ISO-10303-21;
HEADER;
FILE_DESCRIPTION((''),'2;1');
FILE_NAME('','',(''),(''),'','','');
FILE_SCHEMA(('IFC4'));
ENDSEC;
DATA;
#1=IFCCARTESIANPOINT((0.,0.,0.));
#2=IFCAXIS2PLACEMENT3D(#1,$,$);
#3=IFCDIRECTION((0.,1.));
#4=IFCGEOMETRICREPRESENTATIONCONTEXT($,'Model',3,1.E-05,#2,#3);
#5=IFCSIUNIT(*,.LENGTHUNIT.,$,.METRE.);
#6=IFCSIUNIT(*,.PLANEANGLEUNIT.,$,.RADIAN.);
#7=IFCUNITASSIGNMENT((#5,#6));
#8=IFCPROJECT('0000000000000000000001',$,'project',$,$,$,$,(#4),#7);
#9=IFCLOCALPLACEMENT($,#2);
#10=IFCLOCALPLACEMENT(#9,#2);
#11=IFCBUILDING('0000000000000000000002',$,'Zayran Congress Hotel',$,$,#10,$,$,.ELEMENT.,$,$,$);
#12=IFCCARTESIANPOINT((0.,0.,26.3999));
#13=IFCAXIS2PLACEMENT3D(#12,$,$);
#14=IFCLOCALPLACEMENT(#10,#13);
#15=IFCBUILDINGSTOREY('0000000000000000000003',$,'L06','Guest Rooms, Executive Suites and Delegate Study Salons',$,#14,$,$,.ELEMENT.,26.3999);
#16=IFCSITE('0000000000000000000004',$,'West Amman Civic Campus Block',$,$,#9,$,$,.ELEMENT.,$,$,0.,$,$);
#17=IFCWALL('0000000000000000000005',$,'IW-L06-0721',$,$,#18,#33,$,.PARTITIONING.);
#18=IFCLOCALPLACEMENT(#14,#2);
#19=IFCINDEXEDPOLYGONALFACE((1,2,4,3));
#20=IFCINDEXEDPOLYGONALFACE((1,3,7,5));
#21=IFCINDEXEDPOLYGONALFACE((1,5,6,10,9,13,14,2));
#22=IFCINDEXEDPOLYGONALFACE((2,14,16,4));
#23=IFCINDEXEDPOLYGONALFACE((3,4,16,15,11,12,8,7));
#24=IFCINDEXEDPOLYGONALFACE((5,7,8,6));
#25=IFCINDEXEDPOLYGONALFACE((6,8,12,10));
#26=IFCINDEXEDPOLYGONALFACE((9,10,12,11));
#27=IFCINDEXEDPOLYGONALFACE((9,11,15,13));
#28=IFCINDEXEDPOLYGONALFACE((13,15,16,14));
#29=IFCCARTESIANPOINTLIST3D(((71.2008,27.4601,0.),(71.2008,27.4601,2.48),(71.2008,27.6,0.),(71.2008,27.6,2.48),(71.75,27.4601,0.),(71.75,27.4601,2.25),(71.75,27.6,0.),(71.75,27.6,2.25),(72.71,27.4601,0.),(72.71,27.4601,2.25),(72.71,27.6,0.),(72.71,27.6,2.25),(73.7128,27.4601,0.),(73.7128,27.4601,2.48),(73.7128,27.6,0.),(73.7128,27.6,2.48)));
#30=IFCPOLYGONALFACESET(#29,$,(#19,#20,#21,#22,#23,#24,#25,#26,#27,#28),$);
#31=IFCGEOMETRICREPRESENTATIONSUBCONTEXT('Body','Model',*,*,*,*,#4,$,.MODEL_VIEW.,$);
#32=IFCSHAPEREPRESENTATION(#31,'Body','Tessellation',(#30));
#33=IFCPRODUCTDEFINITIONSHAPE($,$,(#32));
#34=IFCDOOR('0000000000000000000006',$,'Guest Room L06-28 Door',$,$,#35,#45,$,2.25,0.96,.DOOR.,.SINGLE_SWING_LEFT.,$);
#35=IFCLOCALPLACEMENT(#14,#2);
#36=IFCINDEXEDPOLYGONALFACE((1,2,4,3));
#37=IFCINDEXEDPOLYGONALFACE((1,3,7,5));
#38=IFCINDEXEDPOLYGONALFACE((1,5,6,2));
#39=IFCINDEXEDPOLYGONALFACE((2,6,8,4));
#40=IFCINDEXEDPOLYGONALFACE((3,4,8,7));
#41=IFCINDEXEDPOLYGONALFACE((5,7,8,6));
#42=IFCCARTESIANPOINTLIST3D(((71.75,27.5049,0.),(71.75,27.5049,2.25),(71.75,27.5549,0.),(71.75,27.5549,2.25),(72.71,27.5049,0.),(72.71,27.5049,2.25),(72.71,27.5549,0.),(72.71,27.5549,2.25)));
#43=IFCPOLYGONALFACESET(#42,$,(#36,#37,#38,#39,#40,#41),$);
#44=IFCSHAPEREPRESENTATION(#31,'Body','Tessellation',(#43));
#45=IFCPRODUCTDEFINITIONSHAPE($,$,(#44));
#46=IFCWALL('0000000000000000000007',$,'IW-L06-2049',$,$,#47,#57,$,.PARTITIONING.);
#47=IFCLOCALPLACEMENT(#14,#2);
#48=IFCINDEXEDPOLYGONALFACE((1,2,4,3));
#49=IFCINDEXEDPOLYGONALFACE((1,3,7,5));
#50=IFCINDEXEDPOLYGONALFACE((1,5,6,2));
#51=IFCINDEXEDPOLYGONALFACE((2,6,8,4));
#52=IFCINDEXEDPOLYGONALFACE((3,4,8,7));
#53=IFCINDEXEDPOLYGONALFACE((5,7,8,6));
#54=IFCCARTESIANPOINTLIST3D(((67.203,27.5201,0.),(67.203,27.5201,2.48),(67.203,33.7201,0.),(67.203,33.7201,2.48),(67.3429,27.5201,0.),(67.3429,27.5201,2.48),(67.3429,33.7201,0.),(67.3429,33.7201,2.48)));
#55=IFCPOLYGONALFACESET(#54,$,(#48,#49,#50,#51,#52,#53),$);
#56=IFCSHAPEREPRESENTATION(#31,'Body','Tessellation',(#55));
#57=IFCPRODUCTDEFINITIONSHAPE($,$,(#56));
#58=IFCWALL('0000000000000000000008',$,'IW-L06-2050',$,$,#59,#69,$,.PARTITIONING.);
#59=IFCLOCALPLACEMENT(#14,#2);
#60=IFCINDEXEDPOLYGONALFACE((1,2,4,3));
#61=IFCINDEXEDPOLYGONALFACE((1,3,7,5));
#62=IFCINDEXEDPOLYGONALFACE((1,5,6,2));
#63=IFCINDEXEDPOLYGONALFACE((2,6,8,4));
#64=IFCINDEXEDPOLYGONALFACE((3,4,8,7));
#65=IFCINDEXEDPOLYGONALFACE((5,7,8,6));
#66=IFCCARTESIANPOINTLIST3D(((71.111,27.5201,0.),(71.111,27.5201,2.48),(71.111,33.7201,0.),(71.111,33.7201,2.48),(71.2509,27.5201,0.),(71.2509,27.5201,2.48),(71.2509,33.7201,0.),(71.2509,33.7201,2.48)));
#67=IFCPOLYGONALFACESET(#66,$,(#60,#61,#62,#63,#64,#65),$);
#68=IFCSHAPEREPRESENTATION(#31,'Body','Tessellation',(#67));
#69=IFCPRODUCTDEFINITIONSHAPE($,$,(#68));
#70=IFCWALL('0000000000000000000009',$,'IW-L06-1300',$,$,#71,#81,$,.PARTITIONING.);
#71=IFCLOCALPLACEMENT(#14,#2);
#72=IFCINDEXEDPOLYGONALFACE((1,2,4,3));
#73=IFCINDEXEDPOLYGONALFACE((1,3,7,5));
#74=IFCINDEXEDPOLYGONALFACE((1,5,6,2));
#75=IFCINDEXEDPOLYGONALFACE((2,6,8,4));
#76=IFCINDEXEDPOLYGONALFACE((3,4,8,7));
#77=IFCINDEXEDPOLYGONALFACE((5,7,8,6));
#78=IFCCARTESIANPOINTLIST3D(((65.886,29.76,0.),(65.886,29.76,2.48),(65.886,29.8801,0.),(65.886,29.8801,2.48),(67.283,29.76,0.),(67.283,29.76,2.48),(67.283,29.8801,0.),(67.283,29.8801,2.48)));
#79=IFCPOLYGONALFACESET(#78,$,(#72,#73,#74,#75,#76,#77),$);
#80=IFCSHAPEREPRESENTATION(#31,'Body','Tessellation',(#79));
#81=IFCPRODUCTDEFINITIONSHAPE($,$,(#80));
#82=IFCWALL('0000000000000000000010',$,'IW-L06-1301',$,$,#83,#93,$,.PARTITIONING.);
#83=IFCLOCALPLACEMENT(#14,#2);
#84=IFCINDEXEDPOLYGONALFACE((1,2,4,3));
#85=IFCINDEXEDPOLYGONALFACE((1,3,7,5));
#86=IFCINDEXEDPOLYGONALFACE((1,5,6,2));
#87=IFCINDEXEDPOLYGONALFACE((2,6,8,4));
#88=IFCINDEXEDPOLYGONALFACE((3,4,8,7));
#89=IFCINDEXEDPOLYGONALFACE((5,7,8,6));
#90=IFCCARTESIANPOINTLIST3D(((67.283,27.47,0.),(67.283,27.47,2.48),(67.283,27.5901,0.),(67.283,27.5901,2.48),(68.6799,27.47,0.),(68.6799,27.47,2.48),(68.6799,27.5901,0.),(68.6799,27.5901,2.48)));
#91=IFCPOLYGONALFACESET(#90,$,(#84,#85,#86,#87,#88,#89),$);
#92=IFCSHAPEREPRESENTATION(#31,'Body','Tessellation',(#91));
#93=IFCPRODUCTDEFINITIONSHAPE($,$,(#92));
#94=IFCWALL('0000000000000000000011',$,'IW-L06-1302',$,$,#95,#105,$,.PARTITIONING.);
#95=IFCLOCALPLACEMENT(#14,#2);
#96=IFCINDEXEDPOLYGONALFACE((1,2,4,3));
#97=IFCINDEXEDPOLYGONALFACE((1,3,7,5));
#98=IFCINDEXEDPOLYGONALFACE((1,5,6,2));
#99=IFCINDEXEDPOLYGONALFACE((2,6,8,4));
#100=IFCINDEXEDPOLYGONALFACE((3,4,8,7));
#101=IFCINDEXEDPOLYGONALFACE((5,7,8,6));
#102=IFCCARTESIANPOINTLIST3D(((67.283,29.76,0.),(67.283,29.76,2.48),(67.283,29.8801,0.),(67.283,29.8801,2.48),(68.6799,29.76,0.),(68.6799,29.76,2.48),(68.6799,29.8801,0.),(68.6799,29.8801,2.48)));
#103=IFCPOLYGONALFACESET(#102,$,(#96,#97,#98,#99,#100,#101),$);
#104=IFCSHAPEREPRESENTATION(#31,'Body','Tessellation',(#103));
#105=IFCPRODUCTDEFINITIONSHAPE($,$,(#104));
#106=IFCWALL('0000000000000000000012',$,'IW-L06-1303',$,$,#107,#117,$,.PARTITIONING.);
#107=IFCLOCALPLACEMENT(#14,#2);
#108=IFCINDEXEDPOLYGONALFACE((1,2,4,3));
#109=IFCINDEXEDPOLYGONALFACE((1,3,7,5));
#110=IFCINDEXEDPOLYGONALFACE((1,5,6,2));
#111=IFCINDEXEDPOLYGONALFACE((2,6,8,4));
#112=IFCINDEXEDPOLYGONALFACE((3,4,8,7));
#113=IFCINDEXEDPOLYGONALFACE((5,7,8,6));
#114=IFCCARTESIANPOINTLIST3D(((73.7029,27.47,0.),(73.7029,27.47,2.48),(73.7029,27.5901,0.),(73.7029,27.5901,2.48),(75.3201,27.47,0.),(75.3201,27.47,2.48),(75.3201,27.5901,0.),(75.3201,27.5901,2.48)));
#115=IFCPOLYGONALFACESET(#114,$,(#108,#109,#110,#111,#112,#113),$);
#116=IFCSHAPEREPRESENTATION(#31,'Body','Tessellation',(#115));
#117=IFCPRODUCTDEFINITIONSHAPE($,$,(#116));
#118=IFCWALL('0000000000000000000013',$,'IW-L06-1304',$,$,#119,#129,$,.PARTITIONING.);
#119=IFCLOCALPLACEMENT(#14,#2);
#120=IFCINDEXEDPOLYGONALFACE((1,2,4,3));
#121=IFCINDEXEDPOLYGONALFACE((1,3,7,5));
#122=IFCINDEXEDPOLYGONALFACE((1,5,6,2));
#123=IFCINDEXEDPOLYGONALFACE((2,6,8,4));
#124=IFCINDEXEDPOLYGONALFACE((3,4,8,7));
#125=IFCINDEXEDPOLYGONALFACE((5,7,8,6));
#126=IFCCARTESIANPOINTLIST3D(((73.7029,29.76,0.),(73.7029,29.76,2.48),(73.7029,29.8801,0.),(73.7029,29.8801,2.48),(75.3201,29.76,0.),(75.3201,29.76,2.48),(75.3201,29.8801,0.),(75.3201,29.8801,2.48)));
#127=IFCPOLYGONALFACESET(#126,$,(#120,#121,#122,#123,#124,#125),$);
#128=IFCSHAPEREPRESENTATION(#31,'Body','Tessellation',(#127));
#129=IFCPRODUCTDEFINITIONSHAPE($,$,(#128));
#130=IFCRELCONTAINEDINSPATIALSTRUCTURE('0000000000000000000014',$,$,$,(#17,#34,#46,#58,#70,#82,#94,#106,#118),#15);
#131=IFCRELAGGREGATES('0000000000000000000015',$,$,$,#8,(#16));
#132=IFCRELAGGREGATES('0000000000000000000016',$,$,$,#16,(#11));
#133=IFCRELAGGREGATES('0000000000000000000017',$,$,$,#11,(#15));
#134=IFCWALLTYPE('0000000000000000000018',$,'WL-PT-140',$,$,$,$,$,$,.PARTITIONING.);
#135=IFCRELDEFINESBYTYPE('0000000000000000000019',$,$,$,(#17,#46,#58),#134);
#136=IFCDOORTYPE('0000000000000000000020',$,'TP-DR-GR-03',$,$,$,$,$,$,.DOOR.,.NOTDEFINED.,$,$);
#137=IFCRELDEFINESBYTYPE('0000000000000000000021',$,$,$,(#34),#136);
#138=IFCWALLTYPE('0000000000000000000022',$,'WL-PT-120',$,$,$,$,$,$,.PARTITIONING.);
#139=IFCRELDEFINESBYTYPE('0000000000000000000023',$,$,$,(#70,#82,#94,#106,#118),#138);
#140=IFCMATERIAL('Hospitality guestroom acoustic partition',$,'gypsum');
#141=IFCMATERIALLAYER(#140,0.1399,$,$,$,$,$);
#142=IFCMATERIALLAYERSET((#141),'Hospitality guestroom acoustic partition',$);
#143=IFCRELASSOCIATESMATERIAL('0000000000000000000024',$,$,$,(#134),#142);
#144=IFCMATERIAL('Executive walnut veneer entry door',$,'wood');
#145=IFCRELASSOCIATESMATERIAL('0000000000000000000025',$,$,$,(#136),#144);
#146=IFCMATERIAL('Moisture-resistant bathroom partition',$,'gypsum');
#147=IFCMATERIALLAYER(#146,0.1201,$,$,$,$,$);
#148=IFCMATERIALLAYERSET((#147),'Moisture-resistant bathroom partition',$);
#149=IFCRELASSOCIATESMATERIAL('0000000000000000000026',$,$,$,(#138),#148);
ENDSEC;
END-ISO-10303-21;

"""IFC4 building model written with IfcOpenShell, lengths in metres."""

from ifc_helpers import new_model, si_unit, direction, frame, frame_2d, origin, place, context, subcontext, project, spatial, rectangle, extrude, material, layer, layer_set, type_object, element, fill, save


model = new_model("IFC4")

# Units and contexts
model_context = context("Model", 3, precision=1e-05, world=origin(), true_north=direction((0.0, 1.0)))
body_context = subcontext(model_context, "Body", "Model", "MODEL_VIEW")
ifc_project = project(units=[si_unit("LENGTHUNIT", "METRE"), si_unit("PLANEANGLEUNIT", "RADIAN")], contexts=[model_context])

# Site, building, storey
site_placement = place(None, origin())
site = spatial("IfcSite", under=ifc_project, at=site_placement, Name="West Amman Civic Campus Block", CompositionType="ELEMENT", RefElevation=0.0)
building_placement = place(site_placement, origin())
building = spatial("IfcBuilding", under=site, at=building_placement, Name="Zayran Congress Hotel", CompositionType="ELEMENT")
storey_placement = place(building_placement, frame((0.0, 0.0, 26.3999)))
storey = spatial("IfcBuildingStorey", under=building, at=storey_placement, Name="L06", Description="Guest Rooms, Executive Suites and Delegate Study Salons", CompositionType="ELEMENT", Elevation=26.3999)

# Wall, opening, door
ifc_material_1 = material(Name="Hospitality guestroom acoustic partition", Category="gypsum")
ifc_layer_1 = layer(ifc_material_1, 0.1399)
ifc_layer_set_1 = layer_set([ifc_layer_1], Name="Hospitality guestroom acoustic partition")
wall_type_1 = type_object("IfcWallType", Name="WL-PT-140", PredefinedType="PARTITIONING", material=ifc_layer_set_1)
wall_1_placement = place(storey_placement, frame((71.2009, 27.53, 0.0), z_axis=(0.0, 0.0, 1.0), x_axis=(1.0, 0.0, 0.0)))
wall_1 = element("IfcWall", 1, at=wall_1_placement, inside=storey, type_object=wall_type_1, Name="IW-L06-0721", PredefinedType="PARTITIONING", context=body_context, shape_type="SweptSolid", body=[
    extrude(rectangle(XDim=2.512, YDim=0.1399, at=frame_2d((1.2559, 0.0))), origin(), (0.0, 0.0, 1.0), 2.48),
])
opening_1_placement = place(wall_1_placement, frame((0.5491, 0.0, 0.0)))
opening_1 = element("IfcOpeningElement", 2, at=opening_1_placement, cuts=wall_1, PredefinedType="OPENING", context=body_context, shape_type="SweptSolid", body=[
    extrude(rectangle(XDim=0.96, YDim=2.25, at=frame_2d((0.48, 1.125))), frame((0.0, 0.0798, 0.0), z_axis=(0.0, -1.0, 0.0), x_axis=(1.0, 0.0, 0.0)), (0.0, 0.0, 1.0), 0.1599),
])
ifc_material_2 = material(Name="Executive walnut veneer entry door", Category="wood")
door_type_1 = type_object("IfcDoorType", Name="TP-DR-GR-03", OperationType="NOTDEFINED", PredefinedType="DOOR", material=ifc_material_2)
door_1_placement = place(opening_1_placement, origin())
door_1 = element("IfcDoor", 3, at=door_1_placement, inside=storey, type_object=door_type_1, Name="Guest Room L06-28 Door", OperationType="SINGLE_SWING_LEFT", OverallHeight=2.25, OverallWidth=0.96, PredefinedType="DOOR", context=body_context, shape_type="SweptSolid", body=[
    extrude(rectangle(XDim=0.96, YDim=2.25, at=frame_2d((0.48, 1.125))), frame((0.0, 0.0249, 0.0), z_axis=(0.0, -1.0, 0.0), x_axis=(1.0, 0.0, 0.0)), (0.0, 0.0, 1.0), 0.05),
])
fill(opening_1, door_1)

# Walls
for number, where, z_axis, x_axis, name in (
    (4, (67.2729, 27.52, 0.0), (0.0, 0.0, 1.0), (0.0, 1.0, 0.0), "IW-L06-2049"),
    (5, (71.1809, 27.52, 0.0), (0.0, 0.0, 1.0), (0.0, 1.0, 0.0), "IW-L06-2050"),
):
    element("IfcWall", number, at=place(storey_placement, frame(where, z_axis=z_axis, x_axis=x_axis)), inside=storey, type_object=wall_type_1, Name=name, PredefinedType="PARTITIONING", context=body_context, shape_type="SweptSolid", body=[
        extrude(rectangle(XDim=6.2, YDim=0.1399, at=frame_2d((3.1001, 0.0))), origin(), (0.0, 0.0, 1.0), 2.48),
    ])

# Shared definitions
ifc_material_3 = material(Name="Moisture-resistant bathroom partition", Category="gypsum")
ifc_layer_2 = layer(ifc_material_3, 0.1201)
ifc_layer_set_2 = layer_set([ifc_layer_2], Name="Moisture-resistant bathroom partition")
wall_type_2 = type_object("IfcWallType", Name="WL-PT-120", PredefinedType="PARTITIONING", material=ifc_layer_set_2)

# Walls
for number, where, z_axis, x_axis, name in (
    (6, (65.886, 29.8201, 0.0), (0.0, 0.0, 1.0), (1.0, 0.0, 0.0), "IW-L06-1300"),
    (7, (67.283, 27.53, 0.0), (0.0, 0.0, 1.0), (1.0, 0.0, 0.0), "IW-L06-1301"),
    (8, (67.283, 29.8201, 0.0), (0.0, 0.0, 1.0), (1.0, 0.0, 0.0), "IW-L06-1302"),
):
    element("IfcWall", number, at=place(storey_placement, frame(where, z_axis=z_axis, x_axis=x_axis)), inside=storey, type_object=wall_type_2, Name=name, PredefinedType="PARTITIONING", context=body_context, shape_type="SweptSolid", body=[
        extrude(rectangle(XDim=1.397, YDim=0.1201, at=frame_2d((0.6985, 0.0))), origin(), (0.0, 0.0, 1.0), 2.48),
    ])
for number, where, z_axis, x_axis, name in (
    (9, (73.7029, 27.53, 0.0), (0.0, 0.0, 1.0), (1.0, 0.0, 0.0), "IW-L06-1303"),
    (10, (73.7029, 29.8201, 0.0), (0.0, 0.0, 1.0), (1.0, 0.0, 0.0), "IW-L06-1304"),
):
    element("IfcWall", number, at=place(storey_placement, frame(where, z_axis=z_axis, x_axis=x_axis)), inside=storey, type_object=wall_type_2, Name=name, PredefinedType="PARTITIONING", context=body_context, shape_type="SweptSolid", body=[
        extrude(rectangle(XDim=1.6172, YDim=0.1201, at=frame_2d((0.8086, 0.0))), origin(), (0.0, 0.0, 1.0), 2.48),
    ])

save(model, "model.ifc")
